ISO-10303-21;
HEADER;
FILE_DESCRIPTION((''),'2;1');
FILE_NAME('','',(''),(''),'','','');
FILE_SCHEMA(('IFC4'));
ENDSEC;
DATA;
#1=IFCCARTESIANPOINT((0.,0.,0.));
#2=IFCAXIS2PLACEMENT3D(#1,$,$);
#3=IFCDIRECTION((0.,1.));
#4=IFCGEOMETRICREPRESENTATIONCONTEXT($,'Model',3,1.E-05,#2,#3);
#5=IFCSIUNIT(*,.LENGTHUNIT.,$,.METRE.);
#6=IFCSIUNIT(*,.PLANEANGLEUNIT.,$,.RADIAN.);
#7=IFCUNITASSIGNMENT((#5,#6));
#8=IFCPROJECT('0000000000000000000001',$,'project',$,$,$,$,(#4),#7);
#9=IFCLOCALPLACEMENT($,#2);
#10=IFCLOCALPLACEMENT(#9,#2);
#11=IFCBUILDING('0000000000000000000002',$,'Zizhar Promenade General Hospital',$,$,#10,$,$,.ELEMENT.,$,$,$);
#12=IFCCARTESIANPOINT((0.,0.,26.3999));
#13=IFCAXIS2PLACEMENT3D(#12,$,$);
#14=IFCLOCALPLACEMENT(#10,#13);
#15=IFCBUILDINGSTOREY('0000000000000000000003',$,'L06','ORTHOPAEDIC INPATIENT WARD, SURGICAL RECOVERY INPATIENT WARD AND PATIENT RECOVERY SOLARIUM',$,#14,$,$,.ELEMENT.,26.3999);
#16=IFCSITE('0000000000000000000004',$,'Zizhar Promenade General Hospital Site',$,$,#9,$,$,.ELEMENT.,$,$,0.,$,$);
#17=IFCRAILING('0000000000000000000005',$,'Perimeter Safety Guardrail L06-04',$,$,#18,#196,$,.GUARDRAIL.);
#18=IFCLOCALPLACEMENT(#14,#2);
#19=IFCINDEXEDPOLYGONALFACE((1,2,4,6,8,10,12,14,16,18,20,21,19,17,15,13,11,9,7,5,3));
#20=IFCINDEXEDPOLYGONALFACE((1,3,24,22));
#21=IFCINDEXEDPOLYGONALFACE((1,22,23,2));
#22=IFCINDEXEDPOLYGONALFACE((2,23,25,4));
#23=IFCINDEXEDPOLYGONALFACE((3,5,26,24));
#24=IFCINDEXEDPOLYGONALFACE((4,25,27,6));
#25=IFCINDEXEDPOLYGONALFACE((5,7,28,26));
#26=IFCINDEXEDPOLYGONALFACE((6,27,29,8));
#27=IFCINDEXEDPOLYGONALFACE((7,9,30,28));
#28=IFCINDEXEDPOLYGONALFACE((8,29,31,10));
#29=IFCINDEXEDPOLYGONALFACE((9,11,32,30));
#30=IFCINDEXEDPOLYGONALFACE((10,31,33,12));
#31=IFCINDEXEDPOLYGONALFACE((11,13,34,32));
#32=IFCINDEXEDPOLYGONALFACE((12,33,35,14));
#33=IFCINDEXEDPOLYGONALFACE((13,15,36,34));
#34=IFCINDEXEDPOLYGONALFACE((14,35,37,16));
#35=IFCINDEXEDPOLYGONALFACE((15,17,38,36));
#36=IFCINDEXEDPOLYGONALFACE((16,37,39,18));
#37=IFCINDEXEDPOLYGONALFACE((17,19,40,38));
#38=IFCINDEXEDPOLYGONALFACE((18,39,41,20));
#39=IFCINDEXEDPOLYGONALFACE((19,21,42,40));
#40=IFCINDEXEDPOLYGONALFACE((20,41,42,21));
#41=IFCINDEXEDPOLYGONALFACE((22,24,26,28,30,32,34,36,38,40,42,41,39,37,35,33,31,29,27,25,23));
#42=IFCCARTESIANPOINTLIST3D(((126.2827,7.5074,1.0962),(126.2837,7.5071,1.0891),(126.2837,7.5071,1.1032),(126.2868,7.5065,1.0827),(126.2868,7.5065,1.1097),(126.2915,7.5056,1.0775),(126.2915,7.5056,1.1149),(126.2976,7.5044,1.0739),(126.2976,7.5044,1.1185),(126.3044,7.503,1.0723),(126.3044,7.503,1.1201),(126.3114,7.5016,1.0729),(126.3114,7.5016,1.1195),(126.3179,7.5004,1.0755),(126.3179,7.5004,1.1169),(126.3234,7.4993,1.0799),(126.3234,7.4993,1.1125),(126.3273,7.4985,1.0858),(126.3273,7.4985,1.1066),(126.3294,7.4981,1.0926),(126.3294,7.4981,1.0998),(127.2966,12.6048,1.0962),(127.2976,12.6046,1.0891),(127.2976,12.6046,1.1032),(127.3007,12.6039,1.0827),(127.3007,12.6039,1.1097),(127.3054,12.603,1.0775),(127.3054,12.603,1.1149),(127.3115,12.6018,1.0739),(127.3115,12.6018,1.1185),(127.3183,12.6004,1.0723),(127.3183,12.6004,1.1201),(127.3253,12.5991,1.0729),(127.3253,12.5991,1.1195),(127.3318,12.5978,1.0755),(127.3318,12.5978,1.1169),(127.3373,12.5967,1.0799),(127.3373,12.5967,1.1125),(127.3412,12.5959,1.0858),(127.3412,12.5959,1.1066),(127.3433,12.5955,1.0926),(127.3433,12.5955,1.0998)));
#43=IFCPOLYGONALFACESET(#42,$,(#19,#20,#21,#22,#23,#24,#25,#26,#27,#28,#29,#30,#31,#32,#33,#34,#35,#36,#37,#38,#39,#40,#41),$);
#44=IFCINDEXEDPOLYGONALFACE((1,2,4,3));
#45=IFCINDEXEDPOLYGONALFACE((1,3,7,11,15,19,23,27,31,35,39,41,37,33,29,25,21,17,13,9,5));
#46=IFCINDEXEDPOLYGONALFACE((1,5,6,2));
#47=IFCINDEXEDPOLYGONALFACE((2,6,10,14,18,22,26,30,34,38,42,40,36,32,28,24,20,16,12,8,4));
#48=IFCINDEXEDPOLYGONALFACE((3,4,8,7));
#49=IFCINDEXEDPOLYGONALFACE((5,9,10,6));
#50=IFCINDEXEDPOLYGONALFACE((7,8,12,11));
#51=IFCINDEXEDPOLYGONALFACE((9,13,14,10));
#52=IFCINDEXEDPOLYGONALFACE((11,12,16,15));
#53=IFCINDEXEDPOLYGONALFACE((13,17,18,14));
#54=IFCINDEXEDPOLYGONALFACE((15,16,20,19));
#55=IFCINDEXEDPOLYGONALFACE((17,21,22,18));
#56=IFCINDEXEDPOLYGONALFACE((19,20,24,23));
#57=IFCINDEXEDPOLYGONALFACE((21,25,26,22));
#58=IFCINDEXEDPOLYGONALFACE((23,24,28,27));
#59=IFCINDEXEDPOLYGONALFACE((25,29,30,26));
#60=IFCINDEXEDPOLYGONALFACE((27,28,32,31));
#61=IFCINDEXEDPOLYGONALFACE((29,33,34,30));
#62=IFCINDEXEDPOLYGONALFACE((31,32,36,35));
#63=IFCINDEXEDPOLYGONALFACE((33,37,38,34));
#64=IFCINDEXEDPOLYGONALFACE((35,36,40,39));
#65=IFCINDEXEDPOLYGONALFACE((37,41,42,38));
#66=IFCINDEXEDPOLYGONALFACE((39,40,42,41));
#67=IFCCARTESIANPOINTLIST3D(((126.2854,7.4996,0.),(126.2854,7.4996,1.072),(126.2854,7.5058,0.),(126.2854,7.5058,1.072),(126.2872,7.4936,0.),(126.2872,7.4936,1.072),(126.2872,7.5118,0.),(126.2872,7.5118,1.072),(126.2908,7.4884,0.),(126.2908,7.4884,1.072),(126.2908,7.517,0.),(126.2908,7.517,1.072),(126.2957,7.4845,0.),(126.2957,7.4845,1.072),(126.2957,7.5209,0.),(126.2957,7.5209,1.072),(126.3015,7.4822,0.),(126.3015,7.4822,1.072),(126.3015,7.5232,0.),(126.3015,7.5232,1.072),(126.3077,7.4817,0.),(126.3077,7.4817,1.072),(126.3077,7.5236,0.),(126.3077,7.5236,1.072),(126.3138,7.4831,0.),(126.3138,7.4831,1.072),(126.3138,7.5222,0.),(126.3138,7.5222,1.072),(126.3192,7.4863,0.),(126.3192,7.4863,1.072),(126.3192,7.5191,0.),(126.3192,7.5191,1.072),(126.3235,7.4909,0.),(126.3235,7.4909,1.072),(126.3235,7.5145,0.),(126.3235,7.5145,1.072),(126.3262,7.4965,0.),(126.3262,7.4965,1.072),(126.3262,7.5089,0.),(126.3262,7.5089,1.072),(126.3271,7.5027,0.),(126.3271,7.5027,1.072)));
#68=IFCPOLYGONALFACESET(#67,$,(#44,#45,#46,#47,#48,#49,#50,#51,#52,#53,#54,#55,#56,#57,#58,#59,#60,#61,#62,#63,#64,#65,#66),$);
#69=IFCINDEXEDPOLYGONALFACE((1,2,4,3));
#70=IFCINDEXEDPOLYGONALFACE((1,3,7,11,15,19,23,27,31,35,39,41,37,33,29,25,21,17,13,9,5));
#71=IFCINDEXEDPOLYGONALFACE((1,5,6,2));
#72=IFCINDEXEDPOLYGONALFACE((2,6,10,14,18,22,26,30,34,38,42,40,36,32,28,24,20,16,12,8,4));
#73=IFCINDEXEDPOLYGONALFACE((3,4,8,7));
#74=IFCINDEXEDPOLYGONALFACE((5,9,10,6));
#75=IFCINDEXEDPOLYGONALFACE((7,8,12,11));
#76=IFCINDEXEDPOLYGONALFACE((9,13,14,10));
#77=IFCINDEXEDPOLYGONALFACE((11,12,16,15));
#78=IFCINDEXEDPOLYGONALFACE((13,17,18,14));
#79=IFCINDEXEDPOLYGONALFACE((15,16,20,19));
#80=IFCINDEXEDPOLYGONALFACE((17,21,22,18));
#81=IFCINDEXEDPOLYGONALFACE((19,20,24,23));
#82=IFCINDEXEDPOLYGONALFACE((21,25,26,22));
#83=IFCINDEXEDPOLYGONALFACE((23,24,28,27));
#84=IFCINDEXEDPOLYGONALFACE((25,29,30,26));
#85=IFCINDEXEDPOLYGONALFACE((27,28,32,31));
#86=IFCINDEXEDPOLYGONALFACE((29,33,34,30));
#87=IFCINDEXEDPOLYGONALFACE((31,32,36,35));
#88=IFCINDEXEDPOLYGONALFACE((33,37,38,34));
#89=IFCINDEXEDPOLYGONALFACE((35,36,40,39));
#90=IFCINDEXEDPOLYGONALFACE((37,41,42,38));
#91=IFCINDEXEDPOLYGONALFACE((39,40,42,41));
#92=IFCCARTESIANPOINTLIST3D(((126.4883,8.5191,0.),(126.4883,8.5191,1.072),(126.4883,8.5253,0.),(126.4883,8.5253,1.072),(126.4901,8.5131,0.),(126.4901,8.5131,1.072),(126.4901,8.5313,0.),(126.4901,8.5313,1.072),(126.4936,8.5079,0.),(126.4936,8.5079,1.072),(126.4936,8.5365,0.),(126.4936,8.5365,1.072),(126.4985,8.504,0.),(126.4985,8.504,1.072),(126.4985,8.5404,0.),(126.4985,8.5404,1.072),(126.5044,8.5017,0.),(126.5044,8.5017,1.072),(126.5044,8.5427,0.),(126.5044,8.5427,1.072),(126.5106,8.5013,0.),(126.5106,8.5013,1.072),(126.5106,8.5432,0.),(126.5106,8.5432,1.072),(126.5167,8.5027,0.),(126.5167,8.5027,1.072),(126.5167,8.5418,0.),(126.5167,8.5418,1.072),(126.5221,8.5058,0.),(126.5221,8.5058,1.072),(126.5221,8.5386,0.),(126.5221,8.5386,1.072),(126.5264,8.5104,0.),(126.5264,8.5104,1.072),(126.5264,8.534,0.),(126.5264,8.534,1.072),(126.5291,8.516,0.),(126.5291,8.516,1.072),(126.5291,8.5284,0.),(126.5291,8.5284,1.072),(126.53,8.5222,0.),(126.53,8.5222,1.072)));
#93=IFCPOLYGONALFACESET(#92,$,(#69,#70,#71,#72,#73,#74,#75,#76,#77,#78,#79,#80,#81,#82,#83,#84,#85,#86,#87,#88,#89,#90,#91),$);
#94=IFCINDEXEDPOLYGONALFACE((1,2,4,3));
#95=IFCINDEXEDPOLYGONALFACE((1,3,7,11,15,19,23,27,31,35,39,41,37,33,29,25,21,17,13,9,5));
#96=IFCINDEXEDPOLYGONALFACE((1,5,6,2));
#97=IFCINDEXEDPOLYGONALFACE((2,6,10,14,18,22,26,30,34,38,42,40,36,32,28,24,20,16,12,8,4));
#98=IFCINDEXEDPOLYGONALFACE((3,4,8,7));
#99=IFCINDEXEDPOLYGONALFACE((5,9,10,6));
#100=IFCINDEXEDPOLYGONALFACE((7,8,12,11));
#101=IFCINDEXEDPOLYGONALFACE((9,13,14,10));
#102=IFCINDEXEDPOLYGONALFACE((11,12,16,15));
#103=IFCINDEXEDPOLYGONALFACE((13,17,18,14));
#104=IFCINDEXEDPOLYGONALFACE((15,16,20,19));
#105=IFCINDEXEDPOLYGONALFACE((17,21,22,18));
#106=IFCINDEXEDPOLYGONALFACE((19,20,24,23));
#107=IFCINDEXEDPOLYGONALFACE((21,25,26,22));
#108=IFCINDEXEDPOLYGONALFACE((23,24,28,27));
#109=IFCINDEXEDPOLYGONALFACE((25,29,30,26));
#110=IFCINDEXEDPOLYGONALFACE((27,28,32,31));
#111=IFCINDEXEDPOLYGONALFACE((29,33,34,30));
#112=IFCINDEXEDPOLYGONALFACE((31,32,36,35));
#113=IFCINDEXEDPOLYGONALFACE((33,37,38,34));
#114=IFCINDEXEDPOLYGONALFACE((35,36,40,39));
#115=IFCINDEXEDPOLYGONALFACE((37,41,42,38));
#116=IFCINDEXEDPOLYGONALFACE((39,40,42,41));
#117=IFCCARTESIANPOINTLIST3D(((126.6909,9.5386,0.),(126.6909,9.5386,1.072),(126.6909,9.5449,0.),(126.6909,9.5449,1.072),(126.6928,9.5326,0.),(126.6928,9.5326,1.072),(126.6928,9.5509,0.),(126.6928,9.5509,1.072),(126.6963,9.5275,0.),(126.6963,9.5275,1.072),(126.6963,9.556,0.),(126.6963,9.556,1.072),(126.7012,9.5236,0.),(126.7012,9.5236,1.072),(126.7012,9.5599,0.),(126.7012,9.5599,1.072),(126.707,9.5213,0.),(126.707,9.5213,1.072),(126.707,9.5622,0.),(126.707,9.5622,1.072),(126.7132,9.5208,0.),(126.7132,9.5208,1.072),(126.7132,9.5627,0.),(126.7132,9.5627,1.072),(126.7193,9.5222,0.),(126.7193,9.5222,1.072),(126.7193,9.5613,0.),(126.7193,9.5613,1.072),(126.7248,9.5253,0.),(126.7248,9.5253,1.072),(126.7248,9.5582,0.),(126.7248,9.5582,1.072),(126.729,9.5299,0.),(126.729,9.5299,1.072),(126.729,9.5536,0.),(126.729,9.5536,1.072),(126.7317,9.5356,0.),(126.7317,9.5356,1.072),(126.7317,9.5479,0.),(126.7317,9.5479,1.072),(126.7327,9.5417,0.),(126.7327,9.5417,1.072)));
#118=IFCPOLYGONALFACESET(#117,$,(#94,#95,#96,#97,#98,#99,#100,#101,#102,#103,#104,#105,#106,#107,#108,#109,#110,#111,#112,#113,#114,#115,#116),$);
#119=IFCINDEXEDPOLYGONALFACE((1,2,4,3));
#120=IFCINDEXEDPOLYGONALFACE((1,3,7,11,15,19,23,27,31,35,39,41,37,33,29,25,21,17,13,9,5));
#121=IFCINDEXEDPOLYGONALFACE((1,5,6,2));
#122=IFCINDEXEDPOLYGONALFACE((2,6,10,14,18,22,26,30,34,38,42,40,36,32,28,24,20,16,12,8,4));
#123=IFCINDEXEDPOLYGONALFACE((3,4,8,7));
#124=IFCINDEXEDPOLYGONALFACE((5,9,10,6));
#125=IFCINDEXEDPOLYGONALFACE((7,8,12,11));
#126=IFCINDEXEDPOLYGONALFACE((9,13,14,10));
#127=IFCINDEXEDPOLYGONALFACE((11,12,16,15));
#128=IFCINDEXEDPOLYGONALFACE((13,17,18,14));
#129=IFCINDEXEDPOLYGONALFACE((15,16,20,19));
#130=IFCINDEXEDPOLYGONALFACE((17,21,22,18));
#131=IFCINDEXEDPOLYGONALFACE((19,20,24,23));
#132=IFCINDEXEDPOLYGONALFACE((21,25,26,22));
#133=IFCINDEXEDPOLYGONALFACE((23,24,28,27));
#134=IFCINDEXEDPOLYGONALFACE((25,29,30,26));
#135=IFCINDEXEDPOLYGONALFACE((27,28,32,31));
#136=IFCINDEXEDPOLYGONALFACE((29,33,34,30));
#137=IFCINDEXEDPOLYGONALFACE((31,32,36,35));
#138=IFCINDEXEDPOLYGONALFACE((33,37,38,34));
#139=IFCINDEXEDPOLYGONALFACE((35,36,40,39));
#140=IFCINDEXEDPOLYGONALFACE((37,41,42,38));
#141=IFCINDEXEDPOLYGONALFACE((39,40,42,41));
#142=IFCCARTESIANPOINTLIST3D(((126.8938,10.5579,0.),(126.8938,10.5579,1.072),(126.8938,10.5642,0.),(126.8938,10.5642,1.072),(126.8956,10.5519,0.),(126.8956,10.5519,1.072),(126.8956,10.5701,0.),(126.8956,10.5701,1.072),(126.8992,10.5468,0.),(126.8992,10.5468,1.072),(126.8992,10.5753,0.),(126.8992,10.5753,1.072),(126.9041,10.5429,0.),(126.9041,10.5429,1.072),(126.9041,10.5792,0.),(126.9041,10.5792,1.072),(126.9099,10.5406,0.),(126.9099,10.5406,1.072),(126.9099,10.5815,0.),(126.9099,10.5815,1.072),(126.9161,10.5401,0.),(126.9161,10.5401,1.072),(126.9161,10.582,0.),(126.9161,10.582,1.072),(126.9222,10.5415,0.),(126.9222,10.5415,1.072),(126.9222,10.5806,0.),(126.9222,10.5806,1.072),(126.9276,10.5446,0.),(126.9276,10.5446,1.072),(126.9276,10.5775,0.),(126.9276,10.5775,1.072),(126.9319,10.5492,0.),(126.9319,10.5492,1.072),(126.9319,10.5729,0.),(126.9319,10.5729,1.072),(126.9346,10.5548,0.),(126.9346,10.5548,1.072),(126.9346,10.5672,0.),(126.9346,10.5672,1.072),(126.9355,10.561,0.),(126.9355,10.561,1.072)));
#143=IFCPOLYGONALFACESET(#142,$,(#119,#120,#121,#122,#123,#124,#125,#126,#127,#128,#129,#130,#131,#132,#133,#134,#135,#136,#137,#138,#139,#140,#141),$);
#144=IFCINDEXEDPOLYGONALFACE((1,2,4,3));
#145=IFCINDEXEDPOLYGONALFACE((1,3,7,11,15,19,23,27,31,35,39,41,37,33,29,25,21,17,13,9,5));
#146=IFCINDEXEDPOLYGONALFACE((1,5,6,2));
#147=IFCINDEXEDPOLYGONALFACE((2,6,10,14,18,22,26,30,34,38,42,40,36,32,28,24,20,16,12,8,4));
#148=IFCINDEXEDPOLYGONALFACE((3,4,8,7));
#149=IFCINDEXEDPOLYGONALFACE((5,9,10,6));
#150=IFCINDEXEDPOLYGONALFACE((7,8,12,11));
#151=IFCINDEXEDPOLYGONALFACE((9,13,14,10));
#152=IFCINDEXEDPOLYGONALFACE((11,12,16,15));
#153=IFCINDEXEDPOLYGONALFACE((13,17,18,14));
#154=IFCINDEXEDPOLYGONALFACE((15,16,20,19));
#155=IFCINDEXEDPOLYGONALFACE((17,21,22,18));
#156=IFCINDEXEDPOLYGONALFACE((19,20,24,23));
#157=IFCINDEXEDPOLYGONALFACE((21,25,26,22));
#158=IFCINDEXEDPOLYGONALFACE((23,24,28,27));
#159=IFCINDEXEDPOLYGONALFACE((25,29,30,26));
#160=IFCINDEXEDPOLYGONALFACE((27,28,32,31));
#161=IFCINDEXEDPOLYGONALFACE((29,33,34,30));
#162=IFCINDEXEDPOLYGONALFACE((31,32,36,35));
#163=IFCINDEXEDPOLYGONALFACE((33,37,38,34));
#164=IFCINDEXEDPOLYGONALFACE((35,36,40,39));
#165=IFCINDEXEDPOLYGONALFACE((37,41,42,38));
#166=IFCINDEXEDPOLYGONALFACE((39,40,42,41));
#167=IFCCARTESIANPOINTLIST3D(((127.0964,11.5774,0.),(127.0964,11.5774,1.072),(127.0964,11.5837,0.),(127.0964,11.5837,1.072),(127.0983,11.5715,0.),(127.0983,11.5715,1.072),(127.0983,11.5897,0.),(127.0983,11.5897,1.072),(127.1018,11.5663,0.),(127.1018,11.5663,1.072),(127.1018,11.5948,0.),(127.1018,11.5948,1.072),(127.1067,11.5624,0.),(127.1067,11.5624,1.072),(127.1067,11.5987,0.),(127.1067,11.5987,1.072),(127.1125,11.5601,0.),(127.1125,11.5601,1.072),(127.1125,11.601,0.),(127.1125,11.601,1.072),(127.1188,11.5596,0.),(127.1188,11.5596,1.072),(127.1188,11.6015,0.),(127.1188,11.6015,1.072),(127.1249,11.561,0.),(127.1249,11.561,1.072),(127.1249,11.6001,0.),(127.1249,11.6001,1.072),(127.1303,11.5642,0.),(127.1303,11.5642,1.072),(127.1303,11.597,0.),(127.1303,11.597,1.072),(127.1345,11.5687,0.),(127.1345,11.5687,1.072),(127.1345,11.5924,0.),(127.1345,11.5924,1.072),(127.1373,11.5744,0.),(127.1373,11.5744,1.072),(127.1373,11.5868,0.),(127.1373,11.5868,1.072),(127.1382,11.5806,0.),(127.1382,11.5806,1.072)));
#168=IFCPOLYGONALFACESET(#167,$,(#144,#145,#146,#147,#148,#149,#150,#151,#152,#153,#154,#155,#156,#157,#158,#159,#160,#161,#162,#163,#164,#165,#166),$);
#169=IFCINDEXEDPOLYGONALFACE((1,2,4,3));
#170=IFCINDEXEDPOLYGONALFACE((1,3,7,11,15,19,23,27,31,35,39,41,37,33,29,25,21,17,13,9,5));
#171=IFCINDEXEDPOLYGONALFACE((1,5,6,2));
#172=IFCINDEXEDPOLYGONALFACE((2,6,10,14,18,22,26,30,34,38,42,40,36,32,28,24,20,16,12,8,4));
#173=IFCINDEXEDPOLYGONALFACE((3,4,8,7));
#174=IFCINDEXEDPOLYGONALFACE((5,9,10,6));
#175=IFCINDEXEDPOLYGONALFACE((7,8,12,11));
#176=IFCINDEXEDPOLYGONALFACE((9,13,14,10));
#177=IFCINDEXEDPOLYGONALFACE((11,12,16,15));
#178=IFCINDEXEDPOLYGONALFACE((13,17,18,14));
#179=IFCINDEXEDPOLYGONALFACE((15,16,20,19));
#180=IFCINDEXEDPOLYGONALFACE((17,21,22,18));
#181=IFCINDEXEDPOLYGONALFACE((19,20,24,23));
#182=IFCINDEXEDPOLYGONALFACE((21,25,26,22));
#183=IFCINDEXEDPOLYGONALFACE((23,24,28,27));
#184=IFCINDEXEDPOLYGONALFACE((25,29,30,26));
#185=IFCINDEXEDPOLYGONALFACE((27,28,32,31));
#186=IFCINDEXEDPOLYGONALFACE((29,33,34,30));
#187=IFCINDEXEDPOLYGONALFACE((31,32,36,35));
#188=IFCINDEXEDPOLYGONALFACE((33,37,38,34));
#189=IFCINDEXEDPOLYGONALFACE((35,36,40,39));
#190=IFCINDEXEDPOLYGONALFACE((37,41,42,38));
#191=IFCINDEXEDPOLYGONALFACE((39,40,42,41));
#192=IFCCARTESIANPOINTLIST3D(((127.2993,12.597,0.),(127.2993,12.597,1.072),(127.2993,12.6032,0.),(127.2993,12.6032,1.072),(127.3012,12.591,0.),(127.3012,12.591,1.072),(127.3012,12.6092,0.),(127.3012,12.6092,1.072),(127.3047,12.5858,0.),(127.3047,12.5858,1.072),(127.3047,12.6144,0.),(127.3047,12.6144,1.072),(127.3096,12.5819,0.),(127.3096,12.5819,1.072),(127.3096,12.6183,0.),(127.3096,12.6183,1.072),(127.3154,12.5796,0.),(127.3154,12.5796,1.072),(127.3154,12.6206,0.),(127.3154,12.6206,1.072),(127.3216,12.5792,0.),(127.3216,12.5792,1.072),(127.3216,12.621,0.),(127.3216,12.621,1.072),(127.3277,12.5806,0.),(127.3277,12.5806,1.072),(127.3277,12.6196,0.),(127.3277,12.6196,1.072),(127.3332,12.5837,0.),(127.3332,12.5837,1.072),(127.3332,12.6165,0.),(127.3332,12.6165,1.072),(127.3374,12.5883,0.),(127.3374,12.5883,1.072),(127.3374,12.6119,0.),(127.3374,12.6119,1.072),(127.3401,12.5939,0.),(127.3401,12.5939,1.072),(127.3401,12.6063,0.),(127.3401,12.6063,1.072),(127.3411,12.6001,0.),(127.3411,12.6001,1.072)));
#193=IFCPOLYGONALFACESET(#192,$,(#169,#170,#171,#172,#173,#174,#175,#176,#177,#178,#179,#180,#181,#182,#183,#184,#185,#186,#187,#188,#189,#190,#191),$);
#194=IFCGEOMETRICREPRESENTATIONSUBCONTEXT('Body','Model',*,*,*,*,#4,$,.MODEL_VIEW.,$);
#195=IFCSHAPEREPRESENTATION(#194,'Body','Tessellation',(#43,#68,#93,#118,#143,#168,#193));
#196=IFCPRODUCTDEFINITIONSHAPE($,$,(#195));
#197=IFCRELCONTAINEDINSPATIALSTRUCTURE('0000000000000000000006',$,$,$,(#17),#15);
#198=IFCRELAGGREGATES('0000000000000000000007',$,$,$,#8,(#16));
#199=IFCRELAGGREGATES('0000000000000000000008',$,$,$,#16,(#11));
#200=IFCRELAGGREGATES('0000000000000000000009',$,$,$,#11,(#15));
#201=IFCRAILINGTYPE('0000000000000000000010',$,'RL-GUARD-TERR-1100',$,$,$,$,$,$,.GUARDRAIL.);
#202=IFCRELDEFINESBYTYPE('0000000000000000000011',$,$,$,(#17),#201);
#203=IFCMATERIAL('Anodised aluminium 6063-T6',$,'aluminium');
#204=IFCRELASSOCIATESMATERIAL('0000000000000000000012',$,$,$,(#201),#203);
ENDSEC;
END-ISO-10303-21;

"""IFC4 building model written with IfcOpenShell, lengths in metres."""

from ifc_helpers import new_model, si_unit, direction, frame, origin, origin_2d, place, context, subcontext, project, spatial, circle, hollow_circle, extrude, material, material_profile, profile_set, type_object, element, save


model = new_model("IFC4")

# Units and contexts
model_context = context("Model", 3, precision=1e-05, world=origin(), true_north=direction((0.0, 1.0)))
body_context = subcontext(model_context, "Body", "Model", "MODEL_VIEW")
ifc_project = project(units=[si_unit("LENGTHUNIT", "METRE"), si_unit("PLANEANGLEUNIT", "RADIAN")], contexts=[model_context])

# Site, building, storey
site_placement = place(None, origin())
site = spatial("IfcSite", under=ifc_project, at=site_placement, Name="Zizhar Promenade General Hospital Site", CompositionType="ELEMENT", RefElevation=0.0)
building_placement = place(site_placement, origin())
building = spatial("IfcBuilding", under=site, at=building_placement, Name="Zizhar Promenade General Hospital", CompositionType="ELEMENT")
storey_placement = place(building_placement, frame((0.0, 0.0, 26.3999)))
storey = spatial("IfcBuildingStorey", under=building, at=storey_placement, Name="L06", Description="ORTHOPAEDIC INPATIENT WARD, SURGICAL RECOVERY INPATIENT WARD AND PATIENT RECOVERY SOLARIUM", CompositionType="ELEMENT", Elevation=26.3999)

# Railing
ifc_material_1 = material(Name="Anodised aluminium 6063-T6", Category="aluminium")
ifc_material_profile_1 = material_profile(ifc_material_1, hollow_circle(Radius=0.0698, WallThickness=0.0063, at=origin_2d()))
ifc_profile_set_1 = profile_set([ifc_material_profile_1], Name="Anodised aluminium 6063-T6")
railing_type = type_object("IfcRailingType", Name="RL-GUARD-TERR-1100", PredefinedType="GUARDRAIL", material=ifc_profile_set_1)
railing_1_placement = place(storey_placement, frame((126.3062, 7.5027, 0.0)))
element("IfcRailing", 1, at=railing_1_placement, inside=storey, type_object=railing_type, Name="Perimeter Safety Guardrail L06-04", PredefinedType="GUARDRAIL", context=body_context, shape_type="SweptSolid", body=[
    extrude(circle(Radius=0.0239, at=origin_2d()), frame((0.0, 0.0, 1.0962), z_axis=(0.195086, 0.980786, 0.0), x_axis=(-0.980786, 0.195086, 0.0)), (0.0, 0.0, 1.0), 5.1973),
    extrude(circle(Radius=0.021, at=origin_2d()), origin(), (0.0, 0.0, 1.0), 1.072),
    extrude(circle(Radius=0.021, at=origin_2d()), frame((0.2029, 1.0195, 0.0)), (0.0, 0.0, 1.0), 1.072),
    extrude(circle(Radius=0.021, at=origin_2d()), frame((0.4055, 2.0391, 0.0)), (0.0, 0.0, 1.0), 1.072),
    extrude(circle(Radius=0.021, at=origin_2d()), frame((0.6084, 3.0583, 0.0)), (0.0, 0.0, 1.0), 1.072),
    extrude(circle(Radius=0.021, at=origin_2d()), frame((0.811, 4.0779, 0.0)), (0.0, 0.0, 1.0), 1.072),
    extrude(circle(Radius=0.021, at=origin_2d()), frame((1.0139, 5.0974, 0.0)), (0.0, 0.0, 1.0), 1.072),
])

save(model, "model.ifc")
